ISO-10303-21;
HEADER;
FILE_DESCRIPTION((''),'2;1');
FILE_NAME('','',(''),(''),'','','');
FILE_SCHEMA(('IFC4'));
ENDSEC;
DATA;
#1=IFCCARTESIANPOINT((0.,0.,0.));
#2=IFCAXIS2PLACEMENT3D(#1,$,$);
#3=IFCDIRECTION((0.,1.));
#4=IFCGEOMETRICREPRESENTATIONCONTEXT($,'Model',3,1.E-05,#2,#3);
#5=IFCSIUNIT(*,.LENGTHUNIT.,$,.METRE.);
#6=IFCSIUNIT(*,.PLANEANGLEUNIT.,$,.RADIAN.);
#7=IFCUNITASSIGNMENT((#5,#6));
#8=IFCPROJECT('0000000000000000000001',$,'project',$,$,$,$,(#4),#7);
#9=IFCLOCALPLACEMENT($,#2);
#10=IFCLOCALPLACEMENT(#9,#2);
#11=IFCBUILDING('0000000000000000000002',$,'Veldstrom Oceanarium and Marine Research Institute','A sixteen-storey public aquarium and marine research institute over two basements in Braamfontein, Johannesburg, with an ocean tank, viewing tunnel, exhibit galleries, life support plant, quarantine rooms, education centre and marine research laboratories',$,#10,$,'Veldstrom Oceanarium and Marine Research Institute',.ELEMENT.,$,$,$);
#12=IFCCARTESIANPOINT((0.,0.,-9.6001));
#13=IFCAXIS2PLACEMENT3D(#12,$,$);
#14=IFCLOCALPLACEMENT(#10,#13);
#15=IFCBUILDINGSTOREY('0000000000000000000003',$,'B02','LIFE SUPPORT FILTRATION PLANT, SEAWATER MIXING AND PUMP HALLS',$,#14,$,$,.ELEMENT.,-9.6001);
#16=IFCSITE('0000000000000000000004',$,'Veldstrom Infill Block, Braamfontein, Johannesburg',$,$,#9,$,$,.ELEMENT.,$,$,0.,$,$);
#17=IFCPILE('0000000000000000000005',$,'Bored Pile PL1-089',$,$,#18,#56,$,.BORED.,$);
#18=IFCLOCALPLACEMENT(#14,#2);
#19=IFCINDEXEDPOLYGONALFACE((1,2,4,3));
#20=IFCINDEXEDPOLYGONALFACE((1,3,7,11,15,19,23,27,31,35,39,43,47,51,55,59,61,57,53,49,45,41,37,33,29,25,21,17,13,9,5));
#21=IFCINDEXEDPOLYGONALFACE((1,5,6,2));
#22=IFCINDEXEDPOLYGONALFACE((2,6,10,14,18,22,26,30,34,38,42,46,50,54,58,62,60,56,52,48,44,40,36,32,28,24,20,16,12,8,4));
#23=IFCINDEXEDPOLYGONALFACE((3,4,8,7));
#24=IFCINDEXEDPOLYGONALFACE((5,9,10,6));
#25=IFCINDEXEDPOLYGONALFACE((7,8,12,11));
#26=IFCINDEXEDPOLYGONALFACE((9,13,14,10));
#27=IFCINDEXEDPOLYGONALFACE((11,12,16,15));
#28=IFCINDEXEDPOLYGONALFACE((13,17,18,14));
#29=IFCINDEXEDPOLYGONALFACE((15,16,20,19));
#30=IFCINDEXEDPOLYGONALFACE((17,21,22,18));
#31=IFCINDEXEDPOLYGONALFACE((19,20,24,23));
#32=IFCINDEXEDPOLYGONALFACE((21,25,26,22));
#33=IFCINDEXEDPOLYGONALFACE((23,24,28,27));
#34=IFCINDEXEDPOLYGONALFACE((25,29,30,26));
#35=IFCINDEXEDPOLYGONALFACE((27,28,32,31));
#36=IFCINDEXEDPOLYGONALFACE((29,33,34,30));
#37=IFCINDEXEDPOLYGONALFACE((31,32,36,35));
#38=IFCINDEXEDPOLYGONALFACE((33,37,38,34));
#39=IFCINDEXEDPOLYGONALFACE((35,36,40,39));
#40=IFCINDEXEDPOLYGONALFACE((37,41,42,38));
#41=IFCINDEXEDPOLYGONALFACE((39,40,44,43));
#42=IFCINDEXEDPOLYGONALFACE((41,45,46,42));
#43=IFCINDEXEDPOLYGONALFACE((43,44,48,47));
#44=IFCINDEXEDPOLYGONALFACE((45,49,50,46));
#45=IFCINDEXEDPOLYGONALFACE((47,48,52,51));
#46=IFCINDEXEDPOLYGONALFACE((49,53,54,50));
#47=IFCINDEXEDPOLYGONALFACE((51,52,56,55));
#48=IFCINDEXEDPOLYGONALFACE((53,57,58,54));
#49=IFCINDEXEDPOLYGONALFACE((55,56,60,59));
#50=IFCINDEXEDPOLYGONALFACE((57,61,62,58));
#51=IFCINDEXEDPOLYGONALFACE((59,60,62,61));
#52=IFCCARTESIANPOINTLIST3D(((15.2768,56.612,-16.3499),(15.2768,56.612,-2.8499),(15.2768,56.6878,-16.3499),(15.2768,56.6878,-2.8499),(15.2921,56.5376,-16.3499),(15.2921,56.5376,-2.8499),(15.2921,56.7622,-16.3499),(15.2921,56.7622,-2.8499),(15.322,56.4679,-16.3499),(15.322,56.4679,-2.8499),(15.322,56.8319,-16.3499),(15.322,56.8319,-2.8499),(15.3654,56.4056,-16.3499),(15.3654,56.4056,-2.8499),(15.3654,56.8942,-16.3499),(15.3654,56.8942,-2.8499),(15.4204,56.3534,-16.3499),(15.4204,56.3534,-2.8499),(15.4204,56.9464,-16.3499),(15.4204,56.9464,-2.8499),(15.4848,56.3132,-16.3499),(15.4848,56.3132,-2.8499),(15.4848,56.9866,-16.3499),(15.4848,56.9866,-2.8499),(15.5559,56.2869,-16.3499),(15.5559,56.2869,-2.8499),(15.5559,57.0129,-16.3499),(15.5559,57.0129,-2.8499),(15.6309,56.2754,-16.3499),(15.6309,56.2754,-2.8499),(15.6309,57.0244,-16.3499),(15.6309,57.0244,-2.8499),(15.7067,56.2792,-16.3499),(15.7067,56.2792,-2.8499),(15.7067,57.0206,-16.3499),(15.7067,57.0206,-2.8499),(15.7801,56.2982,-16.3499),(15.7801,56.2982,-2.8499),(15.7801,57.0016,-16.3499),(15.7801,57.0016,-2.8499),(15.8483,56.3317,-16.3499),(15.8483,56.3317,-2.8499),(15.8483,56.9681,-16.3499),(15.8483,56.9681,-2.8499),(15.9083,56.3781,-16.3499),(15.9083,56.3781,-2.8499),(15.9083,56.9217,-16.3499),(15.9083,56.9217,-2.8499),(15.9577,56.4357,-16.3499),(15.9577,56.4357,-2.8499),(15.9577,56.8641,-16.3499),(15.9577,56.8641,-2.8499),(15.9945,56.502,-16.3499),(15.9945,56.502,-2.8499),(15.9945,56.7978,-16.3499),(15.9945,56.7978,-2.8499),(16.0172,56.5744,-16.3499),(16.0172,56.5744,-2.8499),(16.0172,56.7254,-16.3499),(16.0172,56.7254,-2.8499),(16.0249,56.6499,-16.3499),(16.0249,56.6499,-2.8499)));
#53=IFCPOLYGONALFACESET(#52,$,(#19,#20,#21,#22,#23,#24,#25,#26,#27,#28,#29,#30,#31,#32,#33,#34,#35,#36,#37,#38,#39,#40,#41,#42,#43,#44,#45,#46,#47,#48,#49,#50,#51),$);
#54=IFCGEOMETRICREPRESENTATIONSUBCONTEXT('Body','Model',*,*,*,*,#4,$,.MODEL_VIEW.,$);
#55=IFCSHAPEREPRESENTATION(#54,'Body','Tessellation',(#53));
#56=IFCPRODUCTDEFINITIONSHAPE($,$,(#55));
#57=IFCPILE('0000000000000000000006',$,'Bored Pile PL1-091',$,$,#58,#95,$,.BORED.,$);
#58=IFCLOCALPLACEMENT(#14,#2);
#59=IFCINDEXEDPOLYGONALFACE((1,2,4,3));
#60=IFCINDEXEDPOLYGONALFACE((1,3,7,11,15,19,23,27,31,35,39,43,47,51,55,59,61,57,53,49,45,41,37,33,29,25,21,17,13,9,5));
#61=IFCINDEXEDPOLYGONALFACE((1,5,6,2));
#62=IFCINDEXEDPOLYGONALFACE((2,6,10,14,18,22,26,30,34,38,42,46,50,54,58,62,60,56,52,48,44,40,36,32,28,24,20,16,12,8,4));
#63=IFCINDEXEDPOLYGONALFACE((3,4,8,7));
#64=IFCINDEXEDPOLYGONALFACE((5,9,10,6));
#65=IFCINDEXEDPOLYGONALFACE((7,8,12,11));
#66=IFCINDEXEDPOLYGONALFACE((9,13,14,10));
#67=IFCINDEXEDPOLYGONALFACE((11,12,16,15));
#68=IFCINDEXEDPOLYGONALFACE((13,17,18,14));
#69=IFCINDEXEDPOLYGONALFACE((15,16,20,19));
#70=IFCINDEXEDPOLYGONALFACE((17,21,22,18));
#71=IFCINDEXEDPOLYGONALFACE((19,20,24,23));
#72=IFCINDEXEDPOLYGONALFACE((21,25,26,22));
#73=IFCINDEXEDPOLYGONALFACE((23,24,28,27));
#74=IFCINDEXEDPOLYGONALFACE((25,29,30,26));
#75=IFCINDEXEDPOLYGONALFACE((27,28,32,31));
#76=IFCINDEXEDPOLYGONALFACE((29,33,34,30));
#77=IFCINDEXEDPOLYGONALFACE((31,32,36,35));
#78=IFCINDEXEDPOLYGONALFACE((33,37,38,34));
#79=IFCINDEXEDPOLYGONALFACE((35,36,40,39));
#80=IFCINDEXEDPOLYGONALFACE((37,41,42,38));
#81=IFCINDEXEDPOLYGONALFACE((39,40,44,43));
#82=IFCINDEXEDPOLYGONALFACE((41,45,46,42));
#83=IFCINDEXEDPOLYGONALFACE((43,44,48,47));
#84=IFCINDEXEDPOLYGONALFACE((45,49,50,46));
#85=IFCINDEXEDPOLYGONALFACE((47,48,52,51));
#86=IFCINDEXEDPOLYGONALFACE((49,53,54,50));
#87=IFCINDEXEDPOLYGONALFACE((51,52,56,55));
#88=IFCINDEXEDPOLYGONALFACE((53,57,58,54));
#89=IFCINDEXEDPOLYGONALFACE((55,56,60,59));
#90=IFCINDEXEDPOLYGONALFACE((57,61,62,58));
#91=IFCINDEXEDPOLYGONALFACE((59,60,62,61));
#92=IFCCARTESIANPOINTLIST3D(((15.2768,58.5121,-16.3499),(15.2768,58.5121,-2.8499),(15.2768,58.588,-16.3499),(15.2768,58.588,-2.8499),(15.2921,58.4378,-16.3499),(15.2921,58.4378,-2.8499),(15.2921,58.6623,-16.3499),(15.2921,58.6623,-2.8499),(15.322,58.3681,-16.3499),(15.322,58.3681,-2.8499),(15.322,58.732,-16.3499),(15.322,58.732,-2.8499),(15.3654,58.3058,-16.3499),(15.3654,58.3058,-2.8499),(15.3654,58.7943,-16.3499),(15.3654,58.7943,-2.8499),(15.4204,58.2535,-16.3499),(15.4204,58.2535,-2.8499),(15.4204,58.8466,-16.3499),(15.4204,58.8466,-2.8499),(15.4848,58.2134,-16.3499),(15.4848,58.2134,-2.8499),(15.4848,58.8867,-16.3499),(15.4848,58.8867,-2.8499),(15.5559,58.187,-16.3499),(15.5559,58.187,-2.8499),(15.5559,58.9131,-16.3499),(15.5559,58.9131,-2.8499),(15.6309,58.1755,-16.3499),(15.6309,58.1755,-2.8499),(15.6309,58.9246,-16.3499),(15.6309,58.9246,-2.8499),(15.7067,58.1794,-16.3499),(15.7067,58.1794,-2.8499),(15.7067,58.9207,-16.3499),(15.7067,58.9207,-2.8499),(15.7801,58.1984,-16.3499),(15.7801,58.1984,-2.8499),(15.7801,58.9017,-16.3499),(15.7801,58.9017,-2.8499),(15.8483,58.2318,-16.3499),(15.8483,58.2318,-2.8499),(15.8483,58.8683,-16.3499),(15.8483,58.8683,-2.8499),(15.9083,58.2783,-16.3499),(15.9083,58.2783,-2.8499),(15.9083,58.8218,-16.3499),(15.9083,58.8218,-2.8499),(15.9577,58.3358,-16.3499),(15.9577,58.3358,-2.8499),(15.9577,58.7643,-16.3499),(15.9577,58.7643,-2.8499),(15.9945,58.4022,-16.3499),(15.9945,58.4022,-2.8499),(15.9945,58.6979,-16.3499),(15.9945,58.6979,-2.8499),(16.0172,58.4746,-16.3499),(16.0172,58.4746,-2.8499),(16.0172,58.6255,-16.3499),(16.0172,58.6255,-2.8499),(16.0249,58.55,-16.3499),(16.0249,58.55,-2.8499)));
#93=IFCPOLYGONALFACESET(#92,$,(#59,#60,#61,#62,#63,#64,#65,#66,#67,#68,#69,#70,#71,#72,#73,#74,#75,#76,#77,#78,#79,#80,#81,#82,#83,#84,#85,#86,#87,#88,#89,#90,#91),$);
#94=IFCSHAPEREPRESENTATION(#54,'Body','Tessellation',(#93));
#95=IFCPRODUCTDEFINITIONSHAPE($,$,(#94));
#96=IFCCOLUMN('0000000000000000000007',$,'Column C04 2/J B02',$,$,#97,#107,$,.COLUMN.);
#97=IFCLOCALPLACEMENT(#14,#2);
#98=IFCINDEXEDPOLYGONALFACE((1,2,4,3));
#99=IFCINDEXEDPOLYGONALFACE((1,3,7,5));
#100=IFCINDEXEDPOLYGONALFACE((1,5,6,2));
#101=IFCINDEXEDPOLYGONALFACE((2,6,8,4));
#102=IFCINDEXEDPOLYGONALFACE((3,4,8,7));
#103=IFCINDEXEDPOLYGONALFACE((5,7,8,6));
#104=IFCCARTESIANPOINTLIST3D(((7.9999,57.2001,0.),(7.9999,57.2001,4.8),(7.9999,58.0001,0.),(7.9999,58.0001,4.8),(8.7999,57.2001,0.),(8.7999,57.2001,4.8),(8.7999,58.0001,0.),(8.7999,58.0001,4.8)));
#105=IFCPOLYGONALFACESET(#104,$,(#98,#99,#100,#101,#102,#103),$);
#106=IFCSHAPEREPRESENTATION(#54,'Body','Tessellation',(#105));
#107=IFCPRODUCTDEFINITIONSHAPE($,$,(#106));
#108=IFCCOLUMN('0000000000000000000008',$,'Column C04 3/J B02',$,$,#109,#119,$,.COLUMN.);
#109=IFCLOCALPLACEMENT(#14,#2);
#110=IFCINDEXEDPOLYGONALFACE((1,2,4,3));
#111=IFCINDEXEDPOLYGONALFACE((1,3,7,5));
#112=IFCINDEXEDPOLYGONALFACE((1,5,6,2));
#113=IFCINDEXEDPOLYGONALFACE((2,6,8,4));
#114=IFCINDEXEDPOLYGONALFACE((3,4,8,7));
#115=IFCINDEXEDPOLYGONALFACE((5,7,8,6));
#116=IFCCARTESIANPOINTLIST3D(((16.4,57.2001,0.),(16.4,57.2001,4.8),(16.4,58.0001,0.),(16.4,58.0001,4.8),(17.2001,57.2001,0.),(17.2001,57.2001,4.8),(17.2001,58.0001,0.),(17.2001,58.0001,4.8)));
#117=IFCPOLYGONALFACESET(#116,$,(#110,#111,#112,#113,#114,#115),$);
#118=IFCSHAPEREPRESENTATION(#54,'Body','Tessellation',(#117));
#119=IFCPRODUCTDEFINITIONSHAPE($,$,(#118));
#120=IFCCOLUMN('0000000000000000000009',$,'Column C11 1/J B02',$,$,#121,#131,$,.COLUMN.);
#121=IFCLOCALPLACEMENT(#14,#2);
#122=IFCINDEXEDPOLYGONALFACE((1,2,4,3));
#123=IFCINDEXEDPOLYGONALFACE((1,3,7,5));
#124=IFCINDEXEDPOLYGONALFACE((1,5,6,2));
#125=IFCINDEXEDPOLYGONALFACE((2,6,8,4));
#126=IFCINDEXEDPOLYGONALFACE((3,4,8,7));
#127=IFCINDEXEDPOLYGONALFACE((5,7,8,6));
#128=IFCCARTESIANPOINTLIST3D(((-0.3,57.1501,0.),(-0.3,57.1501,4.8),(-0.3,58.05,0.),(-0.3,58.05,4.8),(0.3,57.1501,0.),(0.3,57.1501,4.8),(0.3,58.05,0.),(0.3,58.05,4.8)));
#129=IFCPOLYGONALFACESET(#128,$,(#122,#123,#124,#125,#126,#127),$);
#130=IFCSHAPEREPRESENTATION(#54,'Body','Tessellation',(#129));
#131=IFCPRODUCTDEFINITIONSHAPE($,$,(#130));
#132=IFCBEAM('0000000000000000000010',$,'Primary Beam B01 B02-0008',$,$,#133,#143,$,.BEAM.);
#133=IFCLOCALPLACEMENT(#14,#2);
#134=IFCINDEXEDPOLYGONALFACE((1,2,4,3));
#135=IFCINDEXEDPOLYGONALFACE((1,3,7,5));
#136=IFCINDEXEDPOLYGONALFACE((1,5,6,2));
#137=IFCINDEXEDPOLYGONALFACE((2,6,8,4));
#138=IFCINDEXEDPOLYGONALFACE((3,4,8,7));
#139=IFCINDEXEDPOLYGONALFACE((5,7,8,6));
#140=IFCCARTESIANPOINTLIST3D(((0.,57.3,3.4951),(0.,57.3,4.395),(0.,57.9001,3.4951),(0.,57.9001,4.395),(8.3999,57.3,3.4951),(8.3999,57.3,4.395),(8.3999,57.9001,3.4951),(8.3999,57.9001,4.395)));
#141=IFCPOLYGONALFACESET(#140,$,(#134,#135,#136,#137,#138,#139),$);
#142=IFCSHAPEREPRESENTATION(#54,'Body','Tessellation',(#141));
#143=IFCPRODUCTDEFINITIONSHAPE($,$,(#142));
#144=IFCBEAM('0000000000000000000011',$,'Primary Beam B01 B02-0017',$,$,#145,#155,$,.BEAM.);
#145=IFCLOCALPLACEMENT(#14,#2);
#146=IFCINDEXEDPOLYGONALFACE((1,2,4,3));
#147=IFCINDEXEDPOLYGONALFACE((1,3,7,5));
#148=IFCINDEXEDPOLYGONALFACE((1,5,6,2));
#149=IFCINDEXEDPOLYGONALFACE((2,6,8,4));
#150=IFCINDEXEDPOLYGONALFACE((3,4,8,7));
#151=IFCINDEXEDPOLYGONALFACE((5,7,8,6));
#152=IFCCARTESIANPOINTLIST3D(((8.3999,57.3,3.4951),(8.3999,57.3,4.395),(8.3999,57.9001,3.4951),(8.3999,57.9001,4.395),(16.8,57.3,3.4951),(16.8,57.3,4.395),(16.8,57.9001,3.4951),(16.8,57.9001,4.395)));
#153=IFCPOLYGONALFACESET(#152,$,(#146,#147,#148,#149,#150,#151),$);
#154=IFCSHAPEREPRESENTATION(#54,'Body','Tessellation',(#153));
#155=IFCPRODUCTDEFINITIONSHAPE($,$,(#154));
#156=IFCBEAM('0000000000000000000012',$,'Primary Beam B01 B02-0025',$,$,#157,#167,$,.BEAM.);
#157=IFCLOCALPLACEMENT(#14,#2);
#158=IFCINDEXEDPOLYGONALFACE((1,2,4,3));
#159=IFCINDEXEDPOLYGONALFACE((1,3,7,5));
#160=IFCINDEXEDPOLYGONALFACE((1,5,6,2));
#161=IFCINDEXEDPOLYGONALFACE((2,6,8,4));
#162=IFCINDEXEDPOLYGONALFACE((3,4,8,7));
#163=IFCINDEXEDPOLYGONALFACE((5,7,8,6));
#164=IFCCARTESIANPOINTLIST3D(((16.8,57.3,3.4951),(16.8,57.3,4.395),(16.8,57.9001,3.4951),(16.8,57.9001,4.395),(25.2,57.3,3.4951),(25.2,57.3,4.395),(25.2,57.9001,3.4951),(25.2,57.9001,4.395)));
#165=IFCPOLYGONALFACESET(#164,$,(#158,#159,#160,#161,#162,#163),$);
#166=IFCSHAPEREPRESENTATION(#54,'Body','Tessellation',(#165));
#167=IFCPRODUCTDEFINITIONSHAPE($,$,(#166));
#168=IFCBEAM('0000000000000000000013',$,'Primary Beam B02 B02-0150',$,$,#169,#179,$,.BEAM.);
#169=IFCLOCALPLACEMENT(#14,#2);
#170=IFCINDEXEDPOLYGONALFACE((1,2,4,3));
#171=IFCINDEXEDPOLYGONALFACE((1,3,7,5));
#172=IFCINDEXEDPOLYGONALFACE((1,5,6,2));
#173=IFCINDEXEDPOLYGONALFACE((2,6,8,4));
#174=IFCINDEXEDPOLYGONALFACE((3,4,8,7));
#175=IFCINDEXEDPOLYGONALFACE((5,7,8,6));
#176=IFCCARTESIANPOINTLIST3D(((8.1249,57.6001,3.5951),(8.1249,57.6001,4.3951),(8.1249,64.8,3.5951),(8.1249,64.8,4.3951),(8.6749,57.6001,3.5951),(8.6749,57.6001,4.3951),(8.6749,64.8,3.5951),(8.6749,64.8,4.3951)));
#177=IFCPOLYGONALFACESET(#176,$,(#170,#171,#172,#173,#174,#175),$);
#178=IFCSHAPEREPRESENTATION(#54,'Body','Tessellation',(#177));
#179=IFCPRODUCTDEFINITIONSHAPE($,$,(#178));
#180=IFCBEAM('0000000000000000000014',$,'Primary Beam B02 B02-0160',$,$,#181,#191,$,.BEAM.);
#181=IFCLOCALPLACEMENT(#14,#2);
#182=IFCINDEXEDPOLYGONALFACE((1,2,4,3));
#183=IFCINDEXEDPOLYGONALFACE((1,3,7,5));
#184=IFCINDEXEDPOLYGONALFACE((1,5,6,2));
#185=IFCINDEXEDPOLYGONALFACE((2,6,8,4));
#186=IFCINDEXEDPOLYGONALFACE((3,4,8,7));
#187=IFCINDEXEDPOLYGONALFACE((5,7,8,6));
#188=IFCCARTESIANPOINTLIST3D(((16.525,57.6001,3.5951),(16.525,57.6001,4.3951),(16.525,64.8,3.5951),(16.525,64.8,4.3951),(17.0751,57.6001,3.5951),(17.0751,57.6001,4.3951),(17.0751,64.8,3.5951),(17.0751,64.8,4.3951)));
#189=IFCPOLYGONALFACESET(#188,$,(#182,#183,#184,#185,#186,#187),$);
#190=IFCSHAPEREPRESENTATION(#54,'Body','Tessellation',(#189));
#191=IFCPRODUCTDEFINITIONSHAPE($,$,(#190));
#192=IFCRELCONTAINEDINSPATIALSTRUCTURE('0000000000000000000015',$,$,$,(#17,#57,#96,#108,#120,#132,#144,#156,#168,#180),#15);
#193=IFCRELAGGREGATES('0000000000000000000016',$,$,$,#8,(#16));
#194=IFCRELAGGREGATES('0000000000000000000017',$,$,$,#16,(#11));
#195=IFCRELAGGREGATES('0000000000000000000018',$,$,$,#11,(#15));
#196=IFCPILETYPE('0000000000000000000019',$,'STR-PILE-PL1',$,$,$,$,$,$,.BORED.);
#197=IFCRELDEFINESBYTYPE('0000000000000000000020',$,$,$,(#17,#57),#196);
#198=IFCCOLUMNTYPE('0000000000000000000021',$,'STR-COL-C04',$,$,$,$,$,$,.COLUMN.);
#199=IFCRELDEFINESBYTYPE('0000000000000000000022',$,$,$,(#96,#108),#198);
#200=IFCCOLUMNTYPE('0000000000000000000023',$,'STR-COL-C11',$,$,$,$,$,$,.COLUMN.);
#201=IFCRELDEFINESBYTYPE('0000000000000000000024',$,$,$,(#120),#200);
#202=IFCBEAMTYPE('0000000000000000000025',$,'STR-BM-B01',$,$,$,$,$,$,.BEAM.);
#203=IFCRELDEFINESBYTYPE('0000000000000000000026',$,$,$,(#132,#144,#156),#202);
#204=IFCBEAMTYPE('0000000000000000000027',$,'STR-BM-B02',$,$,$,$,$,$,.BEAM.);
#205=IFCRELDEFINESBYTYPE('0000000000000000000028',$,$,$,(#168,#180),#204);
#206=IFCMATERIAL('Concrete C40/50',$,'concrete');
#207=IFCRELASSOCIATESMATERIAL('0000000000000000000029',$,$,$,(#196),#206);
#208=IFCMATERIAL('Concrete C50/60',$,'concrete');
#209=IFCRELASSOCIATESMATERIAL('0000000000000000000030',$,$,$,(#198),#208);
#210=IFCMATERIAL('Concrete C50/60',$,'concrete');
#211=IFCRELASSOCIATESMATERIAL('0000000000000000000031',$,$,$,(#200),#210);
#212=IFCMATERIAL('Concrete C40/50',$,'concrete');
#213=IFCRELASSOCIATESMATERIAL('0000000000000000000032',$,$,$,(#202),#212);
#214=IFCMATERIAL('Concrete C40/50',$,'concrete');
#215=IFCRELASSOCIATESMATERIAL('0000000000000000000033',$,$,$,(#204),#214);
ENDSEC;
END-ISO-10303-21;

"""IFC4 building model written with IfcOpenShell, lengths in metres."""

from ifc_helpers import new_model, si_unit, direction, frame, origin, origin_2d, place, context, subcontext, project, spatial, rectangle, circle, extrude, material, material_profile, profile_set, type_object, element, save


model = new_model("IFC4")

# Units and contexts
model_context = context("Model", 3, precision=1e-05, world=origin(), true_north=direction((0.0, 1.0)))
body_context = subcontext(model_context, "Body", "Model", "MODEL_VIEW")
ifc_project = project(units=[si_unit("LENGTHUNIT", "METRE"), si_unit("PLANEANGLEUNIT", "RADIAN")], contexts=[model_context])

# Site, building, storey
site_placement = place(None, origin())
site = spatial("IfcSite", under=ifc_project, at=site_placement, Name="Veldstrom Infill Block, Braamfontein, Johannesburg", CompositionType="ELEMENT", RefElevation=0.0)
building_placement = place(site_placement, origin())
building = spatial("IfcBuilding", under=site, at=building_placement, Name="Veldstrom Oceanarium and Marine Research Institute", Description="A sixteen-storey public aquarium and marine research institute over two basements in Braamfontein, Johannesburg, with an ocean tank, viewing tunnel, exhibit galleries, life support plant, quarantine rooms, education centre and marine research laboratories", LongName="Veldstrom Oceanarium and Marine Research Institute", CompositionType="ELEMENT")
storey_placement = place(building_placement, frame((0.0, 0.0, -9.6001)))
storey = spatial("IfcBuildingStorey", under=building, at=storey_placement, Name="B02", Description="LIFE SUPPORT FILTRATION PLANT, SEAWATER MIXING AND PUMP HALLS", CompositionType="ELEMENT", Elevation=-9.6001)

# Piles
ifc_material_1 = material(Name="Concrete C40/50", Category="concrete")
ifc_material_profile_1 = material_profile(ifc_material_1, circle(Radius=0.375, at=origin_2d()), Name="PILE-D750")
ifc_profile_set_1 = profile_set([ifc_material_profile_1], Name="Concrete C40/50")
pile_type = type_object("IfcPileType", Name="STR-PILE-PL1", PredefinedType="BORED", material=ifc_profile_set_1)
for number, where, z_axis, x_axis, name in (
    (1, (15.6499, 56.6499, -2.8499), (0.0, 0.0, -1.0), (1.0, 0.0, 0.0), "Bored Pile PL1-089"),
    (2, (15.6499, 58.55, -2.8499), (0.0, 0.0, -1.0), (1.0, 0.0, 0.0), "Bored Pile PL1-091"),
):
    element("IfcPile", number, at=place(storey_placement, frame(where, z_axis=z_axis, x_axis=x_axis)), inside=storey, type_object=pile_type, Name=name, PredefinedType="BORED", context=body_context, shape_type="SweptSolid", body=[
        extrude(circle(Radius=0.375, at=origin_2d()), origin(), (0.0, 0.0, 1.0), 13.5),
    ])

# Columns
ifc_material_2 = material(Name="Concrete C50/60", Category="concrete")
ifc_material_profile_2 = material_profile(ifc_material_2, rectangle(XDim=0.8, YDim=0.8, at=origin_2d()), Name="RC-COL-800x800")
ifc_profile_set_2 = profile_set([ifc_material_profile_2], Name="Concrete C50/60")
column_type_1 = type_object("IfcColumnType", Name="STR-COL-C04", PredefinedType="COLUMN", material=ifc_profile_set_2)
for number, where, z_axis, x_axis, name in (
    (3, (8.3999, 57.6001, 0.0), (0.0, 0.0, 1.0), (1.0, 0.0, 0.0), "Column C04 2/J B02"),
    (4, (16.8, 57.6001, 0.0), (0.0, 0.0, 1.0), (1.0, 0.0, 0.0), "Column C04 3/J B02"),
):
    element("IfcColumn", number, at=place(storey_placement, frame(where, z_axis=z_axis, x_axis=x_axis)), inside=storey, type_object=column_type_1, Name=name, PredefinedType="COLUMN", context=body_context, shape_type="SweptSolid", body=[
        extrude(rectangle(XDim=0.8, YDim=0.8, at=origin_2d()), origin(), (0.0, 0.0, 1.0), 4.8),
    ])
ifc_material_3 = material(Name="Concrete C50/60", Category="concrete")
ifc_material_profile_3 = material_profile(ifc_material_3, rectangle(XDim=0.6001, YDim=0.8999, at=origin_2d()), Name="RC-COL-900x600")
ifc_profile_set_3 = profile_set([ifc_material_profile_3], Name="Concrete C50/60")
column_type_2 = type_object("IfcColumnType", Name="STR-COL-C11", PredefinedType="COLUMN", material=ifc_profile_set_3)
column_placement = place(storey_placement, frame((0.0, 57.6001, 0.0), z_axis=(0.0, 0.0, 1.0), x_axis=(1.0, 0.0, 0.0)))
element("IfcColumn", 5, at=column_placement, inside=storey, type_object=column_type_2, Name="Column C11 1/J B02", PredefinedType="COLUMN", context=body_context, shape_type="SweptSolid", body=[
    extrude(rectangle(XDim=0.6001, YDim=0.8999, at=origin_2d()), origin(), (0.0, 0.0, 1.0), 4.8),
])

# Beams
ifc_material_4 = material(Name="Concrete C40/50", Category="concrete")
ifc_material_profile_4 = material_profile(ifc_material_4, rectangle(XDim=0.6001, YDim=0.8999, at=origin_2d()), Name="RC-BM-600x900")
ifc_profile_set_4 = profile_set([ifc_material_profile_4], Name="Concrete C40/50")
beam_type_1 = type_object("IfcBeamType", Name="STR-BM-B01", PredefinedType="BEAM", material=ifc_profile_set_4)
beam_1_placement = place(storey_placement, frame((0.0, 57.6001, 3.9451), z_axis=(1.0, 0.0, 0.0), x_axis=(0.0, 1.0, 0.0)))
element("IfcBeam", 6, at=beam_1_placement, inside=storey, type_object=beam_type_1, Name="Primary Beam B01 B02-0008", PredefinedType="BEAM", context=body_context, shape_type="SweptSolid", body=[
    extrude(rectangle(XDim=0.6001, YDim=0.8999, at=origin_2d()), origin(), (0.0, 0.0, 1.0), 8.3999),
])
beam_2_placement = place(storey_placement, frame((8.3999, 57.6001, 3.9451), z_axis=(1.0, 0.0, 0.0), x_axis=(0.0, 1.0, 0.0)))
element("IfcBeam", 7, at=beam_2_placement, inside=storey, type_object=beam_type_1, Name="Primary Beam B01 B02-0017", PredefinedType="BEAM", context=body_context, shape_type="SweptSolid", body=[
    extrude(rectangle(XDim=0.6001, YDim=0.8999, at=origin_2d()), origin(), (0.0, 0.0, 1.0), 8.4001),
])
beam_3_placement = place(storey_placement, frame((16.8, 57.6001, 3.9451), z_axis=(1.0, 0.0, 0.0), x_axis=(0.0, 1.0, 0.0)))
element("IfcBeam", 8, at=beam_3_placement, inside=storey, type_object=beam_type_1, Name="Primary Beam B01 B02-0025", PredefinedType="BEAM", context=body_context, shape_type="SweptSolid", body=[
    extrude(rectangle(XDim=0.6001, YDim=0.8999, at=origin_2d()), origin(), (0.0, 0.0, 1.0), 8.3999),
])
ifc_material_5 = material(Name="Concrete C40/50", Category="concrete")
ifc_material_profile_5 = material_profile(ifc_material_5, rectangle(XDim=0.55, YDim=0.8, at=origin_2d()), Name="RC-BM-550x800")
ifc_profile_set_5 = profile_set([ifc_material_profile_5], Name="Concrete C40/50")
beam_type_2 = type_object("IfcBeamType", Name="STR-BM-B02", PredefinedType="BEAM", material=ifc_profile_set_5)
for number, where, z_axis, x_axis, name in (
    (9, (8.3999, 57.6001, 3.9951), (0.0, 1.0, 0.0), (-1.0, 0.0, 0.0), "Primary Beam B02 B02-0150"),
    (10, (16.8, 57.6001, 3.9951), (0.0, 1.0, 0.0), (-1.0, 0.0, 0.0), "Primary Beam B02 B02-0160"),
):
    element("IfcBeam", number, at=place(storey_placement, frame(where, z_axis=z_axis, x_axis=x_axis)), inside=storey, type_object=beam_type_2, Name=name, PredefinedType="BEAM", context=body_context, shape_type="SweptSolid", body=[
        extrude(rectangle(XDim=0.55, YDim=0.8, at=origin_2d()), origin(), (0.0, 0.0, 1.0), 7.2),
    ])

save(model, "model.ifc")
